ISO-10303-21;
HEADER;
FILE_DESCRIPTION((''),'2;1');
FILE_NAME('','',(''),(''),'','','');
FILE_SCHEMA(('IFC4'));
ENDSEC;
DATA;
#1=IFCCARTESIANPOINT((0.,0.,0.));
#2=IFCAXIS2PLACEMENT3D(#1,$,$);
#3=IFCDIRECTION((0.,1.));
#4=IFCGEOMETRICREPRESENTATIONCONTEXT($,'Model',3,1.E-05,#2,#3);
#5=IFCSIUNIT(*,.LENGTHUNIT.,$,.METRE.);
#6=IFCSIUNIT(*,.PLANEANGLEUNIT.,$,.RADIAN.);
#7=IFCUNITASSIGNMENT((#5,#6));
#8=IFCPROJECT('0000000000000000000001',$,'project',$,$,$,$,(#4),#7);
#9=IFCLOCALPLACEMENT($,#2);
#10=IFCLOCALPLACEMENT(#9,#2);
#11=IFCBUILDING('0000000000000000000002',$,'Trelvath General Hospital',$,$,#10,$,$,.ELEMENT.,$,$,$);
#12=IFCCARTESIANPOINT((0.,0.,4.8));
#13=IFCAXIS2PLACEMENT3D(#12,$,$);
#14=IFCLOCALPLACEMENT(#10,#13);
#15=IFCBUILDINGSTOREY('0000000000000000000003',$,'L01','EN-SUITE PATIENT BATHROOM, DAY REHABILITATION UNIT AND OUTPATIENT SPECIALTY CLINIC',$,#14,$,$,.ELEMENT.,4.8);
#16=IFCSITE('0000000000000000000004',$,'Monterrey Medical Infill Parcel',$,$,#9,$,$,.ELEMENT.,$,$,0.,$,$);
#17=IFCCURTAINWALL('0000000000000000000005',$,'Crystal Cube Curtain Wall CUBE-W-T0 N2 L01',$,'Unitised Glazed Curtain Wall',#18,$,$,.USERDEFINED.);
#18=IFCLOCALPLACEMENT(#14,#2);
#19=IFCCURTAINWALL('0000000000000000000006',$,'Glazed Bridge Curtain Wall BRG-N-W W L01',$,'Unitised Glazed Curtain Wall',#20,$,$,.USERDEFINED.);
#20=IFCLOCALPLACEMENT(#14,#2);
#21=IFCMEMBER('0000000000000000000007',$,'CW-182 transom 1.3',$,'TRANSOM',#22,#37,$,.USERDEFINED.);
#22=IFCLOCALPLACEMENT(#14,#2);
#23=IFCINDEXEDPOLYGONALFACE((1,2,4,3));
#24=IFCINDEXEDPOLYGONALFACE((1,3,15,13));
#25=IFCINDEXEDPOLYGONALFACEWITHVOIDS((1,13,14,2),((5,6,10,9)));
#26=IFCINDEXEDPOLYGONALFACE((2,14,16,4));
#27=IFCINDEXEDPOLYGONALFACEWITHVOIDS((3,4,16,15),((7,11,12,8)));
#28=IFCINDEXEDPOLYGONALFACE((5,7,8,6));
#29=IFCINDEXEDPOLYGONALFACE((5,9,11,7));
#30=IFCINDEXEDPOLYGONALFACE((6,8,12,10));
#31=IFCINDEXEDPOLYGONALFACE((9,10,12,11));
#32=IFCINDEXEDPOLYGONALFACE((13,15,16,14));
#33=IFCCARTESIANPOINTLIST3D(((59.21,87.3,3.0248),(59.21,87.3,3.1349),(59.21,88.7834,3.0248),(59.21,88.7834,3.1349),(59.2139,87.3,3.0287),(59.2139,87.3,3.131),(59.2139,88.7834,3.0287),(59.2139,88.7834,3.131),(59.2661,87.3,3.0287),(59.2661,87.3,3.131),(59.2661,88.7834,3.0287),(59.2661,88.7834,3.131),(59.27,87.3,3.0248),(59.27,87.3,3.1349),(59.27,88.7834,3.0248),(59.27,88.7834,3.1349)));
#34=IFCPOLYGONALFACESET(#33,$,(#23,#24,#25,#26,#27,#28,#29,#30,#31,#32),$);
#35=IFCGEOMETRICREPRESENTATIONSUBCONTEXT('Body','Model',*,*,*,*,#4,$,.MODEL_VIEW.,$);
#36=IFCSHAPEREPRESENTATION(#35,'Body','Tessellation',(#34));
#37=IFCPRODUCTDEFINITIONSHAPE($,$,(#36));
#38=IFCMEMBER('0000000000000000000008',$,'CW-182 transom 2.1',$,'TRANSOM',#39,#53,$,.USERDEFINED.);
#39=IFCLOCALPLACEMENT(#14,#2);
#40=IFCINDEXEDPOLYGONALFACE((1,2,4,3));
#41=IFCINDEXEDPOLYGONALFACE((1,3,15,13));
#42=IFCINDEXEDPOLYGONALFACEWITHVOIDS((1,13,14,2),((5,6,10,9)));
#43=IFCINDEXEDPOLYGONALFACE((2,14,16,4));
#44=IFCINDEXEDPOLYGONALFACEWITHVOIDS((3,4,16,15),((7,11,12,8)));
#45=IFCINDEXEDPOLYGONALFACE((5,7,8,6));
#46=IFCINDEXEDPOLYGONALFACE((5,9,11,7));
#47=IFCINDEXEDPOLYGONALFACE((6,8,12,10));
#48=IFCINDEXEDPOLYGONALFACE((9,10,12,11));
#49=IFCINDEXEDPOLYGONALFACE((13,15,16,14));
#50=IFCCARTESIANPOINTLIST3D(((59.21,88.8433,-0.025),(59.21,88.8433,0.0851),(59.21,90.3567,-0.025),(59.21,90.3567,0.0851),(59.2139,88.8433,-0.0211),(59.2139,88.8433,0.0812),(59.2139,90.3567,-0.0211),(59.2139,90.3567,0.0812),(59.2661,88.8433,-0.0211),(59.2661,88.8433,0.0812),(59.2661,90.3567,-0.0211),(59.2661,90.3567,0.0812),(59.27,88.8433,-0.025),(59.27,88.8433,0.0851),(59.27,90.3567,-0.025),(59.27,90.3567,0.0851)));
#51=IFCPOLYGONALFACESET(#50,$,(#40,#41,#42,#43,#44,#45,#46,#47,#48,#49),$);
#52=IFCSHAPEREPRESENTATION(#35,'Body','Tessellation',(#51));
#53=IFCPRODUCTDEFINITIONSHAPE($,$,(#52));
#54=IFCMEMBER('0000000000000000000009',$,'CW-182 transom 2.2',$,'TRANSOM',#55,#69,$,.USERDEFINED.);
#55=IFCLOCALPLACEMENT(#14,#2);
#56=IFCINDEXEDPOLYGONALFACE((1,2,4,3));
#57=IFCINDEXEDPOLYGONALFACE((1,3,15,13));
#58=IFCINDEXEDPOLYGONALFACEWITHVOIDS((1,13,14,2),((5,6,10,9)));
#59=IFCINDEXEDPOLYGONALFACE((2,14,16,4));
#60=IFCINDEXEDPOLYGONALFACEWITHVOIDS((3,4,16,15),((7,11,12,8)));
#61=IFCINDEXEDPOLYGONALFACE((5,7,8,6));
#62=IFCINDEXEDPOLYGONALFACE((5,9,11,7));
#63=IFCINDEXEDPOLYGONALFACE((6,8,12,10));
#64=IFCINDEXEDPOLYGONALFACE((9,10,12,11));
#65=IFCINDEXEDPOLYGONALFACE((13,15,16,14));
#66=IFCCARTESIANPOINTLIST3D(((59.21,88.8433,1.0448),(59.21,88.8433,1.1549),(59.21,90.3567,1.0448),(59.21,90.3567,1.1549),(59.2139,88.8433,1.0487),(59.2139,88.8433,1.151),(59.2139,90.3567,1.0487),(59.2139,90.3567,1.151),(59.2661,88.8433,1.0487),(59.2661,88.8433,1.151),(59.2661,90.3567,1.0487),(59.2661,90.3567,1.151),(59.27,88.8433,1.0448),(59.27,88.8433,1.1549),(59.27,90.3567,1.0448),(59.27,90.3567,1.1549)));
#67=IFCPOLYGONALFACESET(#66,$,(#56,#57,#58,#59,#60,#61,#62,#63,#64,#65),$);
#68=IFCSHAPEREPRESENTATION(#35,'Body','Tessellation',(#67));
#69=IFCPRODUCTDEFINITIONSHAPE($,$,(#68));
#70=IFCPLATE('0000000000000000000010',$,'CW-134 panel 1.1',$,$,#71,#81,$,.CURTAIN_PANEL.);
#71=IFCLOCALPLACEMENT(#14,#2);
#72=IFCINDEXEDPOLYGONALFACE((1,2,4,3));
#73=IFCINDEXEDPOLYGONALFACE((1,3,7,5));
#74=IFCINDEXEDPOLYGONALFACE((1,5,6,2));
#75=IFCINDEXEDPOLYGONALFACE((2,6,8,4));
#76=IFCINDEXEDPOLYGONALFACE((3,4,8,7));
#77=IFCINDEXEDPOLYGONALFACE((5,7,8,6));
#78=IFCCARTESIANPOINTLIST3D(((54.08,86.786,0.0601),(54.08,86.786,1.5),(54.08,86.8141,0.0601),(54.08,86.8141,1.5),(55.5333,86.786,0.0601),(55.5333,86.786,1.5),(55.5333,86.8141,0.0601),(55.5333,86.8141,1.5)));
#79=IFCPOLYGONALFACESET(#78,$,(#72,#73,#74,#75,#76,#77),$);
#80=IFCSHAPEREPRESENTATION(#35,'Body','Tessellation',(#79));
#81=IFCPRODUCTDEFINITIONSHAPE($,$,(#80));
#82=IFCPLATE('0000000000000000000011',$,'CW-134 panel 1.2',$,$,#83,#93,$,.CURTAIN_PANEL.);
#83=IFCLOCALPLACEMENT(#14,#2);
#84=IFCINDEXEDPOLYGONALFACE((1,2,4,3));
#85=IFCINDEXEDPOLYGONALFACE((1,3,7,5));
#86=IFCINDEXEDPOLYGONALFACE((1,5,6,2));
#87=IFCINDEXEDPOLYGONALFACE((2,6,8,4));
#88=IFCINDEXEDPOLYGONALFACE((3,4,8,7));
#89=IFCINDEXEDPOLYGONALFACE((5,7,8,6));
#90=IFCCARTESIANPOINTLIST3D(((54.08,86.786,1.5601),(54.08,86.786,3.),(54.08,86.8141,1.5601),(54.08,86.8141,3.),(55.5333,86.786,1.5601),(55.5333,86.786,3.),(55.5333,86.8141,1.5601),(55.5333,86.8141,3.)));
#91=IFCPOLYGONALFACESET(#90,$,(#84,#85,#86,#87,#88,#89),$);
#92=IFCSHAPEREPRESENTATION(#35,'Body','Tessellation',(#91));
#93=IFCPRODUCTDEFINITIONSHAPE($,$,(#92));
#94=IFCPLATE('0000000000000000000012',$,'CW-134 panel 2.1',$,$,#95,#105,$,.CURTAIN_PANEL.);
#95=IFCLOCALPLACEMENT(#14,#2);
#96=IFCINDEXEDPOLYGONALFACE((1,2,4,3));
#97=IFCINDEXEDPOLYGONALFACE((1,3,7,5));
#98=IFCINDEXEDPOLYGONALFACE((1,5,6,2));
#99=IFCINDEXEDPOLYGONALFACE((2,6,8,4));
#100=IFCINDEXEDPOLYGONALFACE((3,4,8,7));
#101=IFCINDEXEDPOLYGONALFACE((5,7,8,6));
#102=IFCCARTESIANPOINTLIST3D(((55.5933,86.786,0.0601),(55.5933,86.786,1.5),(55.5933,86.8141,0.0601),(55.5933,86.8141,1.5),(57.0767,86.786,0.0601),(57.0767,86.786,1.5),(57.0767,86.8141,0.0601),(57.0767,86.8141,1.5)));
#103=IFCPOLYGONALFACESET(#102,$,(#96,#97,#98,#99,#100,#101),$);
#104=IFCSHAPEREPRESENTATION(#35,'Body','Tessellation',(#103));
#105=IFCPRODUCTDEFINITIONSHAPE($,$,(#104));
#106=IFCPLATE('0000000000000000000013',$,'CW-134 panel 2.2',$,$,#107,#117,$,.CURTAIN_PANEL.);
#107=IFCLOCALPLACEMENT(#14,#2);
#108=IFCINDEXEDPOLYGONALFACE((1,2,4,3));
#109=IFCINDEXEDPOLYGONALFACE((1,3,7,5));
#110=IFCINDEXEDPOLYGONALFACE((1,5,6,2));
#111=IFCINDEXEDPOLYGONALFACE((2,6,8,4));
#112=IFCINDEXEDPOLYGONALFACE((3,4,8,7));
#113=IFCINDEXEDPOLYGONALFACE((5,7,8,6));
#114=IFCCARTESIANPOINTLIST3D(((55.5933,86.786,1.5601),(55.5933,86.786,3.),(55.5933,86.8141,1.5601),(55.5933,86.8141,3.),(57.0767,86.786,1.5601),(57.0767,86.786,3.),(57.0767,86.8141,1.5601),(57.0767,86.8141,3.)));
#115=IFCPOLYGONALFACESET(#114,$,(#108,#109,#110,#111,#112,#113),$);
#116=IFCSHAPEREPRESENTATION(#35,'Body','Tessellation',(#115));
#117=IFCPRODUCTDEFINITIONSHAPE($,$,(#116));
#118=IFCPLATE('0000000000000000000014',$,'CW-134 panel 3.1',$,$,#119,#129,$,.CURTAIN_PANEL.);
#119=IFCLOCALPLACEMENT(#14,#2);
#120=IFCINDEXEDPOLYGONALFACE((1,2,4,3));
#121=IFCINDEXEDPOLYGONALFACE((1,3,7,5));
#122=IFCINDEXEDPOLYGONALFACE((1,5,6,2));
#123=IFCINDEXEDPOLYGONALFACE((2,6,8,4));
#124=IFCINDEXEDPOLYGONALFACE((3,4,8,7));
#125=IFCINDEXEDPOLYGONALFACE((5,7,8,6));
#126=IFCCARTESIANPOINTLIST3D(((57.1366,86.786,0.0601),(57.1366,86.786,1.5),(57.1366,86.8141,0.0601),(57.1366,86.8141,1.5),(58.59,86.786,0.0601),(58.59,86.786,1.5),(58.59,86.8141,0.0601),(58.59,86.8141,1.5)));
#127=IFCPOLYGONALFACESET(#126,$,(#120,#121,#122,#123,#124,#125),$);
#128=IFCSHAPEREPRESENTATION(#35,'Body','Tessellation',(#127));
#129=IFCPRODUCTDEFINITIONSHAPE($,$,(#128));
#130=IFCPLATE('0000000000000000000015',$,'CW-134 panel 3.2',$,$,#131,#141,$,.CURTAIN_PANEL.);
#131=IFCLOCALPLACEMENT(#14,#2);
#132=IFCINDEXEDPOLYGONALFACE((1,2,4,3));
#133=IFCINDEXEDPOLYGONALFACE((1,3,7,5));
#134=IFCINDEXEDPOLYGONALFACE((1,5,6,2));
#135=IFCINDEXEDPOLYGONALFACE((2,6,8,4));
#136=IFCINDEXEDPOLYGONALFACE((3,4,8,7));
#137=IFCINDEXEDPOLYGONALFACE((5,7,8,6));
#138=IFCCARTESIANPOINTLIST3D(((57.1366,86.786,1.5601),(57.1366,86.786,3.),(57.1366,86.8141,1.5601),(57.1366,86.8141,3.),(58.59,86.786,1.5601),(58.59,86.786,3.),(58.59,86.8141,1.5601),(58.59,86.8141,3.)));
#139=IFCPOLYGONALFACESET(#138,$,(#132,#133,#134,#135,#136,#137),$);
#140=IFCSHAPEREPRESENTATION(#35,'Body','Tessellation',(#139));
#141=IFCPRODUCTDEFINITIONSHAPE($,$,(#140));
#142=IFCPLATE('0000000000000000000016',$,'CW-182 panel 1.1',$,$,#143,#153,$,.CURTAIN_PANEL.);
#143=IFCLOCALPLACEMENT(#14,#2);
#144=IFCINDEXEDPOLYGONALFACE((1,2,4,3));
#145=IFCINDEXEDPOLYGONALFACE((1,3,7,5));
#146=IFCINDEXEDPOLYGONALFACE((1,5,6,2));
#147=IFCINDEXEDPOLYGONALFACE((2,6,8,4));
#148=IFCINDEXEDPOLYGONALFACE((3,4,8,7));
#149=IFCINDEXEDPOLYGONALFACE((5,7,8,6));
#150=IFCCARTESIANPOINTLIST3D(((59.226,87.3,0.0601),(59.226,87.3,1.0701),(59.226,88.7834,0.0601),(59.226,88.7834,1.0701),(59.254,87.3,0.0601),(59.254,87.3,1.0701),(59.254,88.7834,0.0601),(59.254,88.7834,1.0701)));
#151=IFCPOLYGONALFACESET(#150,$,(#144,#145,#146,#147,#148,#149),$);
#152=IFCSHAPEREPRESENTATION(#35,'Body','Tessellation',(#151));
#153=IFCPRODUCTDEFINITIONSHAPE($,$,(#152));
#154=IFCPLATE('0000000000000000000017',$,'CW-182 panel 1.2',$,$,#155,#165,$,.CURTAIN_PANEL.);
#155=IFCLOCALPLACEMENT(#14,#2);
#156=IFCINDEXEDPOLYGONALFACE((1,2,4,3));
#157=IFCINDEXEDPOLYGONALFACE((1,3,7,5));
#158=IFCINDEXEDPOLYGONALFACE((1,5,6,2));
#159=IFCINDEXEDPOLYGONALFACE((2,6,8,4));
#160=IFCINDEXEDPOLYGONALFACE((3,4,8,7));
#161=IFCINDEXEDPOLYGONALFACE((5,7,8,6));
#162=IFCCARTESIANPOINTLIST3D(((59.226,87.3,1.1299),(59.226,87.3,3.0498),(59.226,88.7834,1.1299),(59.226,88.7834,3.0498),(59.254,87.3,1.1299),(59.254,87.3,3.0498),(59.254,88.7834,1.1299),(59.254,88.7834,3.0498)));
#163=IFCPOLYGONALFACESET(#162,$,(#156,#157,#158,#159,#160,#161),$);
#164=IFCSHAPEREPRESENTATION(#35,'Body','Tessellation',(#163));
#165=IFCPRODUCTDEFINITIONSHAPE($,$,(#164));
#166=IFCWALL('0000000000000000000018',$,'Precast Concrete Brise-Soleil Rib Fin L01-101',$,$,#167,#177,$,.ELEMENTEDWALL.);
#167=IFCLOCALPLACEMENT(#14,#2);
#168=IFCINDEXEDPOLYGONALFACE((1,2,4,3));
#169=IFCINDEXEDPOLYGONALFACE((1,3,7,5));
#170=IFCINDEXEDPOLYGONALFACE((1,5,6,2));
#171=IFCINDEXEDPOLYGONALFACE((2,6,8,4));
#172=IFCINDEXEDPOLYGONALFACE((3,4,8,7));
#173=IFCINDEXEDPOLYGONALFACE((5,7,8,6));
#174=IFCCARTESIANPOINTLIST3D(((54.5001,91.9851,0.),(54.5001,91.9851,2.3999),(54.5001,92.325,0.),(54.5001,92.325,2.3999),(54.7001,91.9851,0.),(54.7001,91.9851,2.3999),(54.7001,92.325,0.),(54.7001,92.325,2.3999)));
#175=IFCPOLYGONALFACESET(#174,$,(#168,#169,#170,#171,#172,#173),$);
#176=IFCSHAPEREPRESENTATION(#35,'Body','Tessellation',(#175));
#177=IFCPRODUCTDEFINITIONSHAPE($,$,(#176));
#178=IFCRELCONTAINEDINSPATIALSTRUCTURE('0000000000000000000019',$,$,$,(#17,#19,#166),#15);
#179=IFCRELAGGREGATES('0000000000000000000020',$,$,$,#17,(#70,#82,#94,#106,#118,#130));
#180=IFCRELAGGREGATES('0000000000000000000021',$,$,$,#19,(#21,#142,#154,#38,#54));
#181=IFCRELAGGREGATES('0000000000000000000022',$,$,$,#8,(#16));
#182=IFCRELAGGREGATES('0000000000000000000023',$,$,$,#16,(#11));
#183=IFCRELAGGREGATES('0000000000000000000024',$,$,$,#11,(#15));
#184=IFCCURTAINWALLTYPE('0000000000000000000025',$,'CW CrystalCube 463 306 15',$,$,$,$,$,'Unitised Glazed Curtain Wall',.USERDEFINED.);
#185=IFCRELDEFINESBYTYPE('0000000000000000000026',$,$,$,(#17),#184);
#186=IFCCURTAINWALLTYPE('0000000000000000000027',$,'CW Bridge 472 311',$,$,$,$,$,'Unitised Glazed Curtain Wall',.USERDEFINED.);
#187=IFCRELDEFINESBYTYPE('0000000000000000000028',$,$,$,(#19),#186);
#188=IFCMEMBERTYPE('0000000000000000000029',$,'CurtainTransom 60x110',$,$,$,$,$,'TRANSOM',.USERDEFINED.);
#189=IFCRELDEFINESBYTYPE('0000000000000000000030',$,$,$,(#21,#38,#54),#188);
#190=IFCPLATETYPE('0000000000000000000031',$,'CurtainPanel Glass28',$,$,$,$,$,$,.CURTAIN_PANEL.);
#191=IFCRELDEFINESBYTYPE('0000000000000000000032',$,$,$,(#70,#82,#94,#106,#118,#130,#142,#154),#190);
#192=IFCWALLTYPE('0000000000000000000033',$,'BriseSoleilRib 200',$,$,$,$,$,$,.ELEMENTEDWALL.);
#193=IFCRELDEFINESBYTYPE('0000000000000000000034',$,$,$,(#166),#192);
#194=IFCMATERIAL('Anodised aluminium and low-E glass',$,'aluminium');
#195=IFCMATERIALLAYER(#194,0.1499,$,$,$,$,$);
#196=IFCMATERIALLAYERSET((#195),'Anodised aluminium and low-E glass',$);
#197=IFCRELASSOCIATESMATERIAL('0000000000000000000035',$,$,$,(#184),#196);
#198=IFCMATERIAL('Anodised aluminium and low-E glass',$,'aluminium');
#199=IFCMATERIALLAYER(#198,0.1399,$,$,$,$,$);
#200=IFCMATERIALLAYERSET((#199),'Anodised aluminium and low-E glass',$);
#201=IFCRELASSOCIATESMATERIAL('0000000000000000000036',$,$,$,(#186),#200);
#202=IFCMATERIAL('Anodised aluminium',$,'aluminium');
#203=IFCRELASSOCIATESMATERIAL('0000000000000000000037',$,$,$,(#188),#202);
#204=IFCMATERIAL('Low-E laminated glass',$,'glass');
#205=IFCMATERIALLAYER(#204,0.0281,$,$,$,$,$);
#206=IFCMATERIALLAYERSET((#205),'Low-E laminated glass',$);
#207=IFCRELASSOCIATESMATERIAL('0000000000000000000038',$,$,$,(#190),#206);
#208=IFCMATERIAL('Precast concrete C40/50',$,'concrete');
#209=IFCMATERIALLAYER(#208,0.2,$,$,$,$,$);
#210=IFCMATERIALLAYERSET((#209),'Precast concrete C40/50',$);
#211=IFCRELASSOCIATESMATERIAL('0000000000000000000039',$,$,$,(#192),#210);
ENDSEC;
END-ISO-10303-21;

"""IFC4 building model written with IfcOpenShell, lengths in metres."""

from ifc_helpers import new_model, si_unit, direction, frame, frame_2d, origin, origin_2d, place, context, subcontext, project, spatial, rectangle, hollow_rectangle, extrude, material, layer, layer_set, material_profile, profile_set, type_object, element, aggregate, save


model = new_model("IFC4")

# Units and contexts
model_context = context("Model", 3, precision=1e-05, world=origin(), true_north=direction((0.0, 1.0)))
body_context = subcontext(model_context, "Body", "Model", "MODEL_VIEW")
ifc_project = project(units=[si_unit("LENGTHUNIT", "METRE"), si_unit("PLANEANGLEUNIT", "RADIAN")], contexts=[model_context])

# Site, building, storey
site_placement = place(None, origin())
site = spatial("IfcSite", under=ifc_project, at=site_placement, Name="Monterrey Medical Infill Parcel", CompositionType="ELEMENT", RefElevation=0.0)
building_placement = place(site_placement, origin())
building = spatial("IfcBuilding", under=site, at=building_placement, Name="Trelvath General Hospital", CompositionType="ELEMENT")
storey_placement = place(building_placement, frame((0.0, 0.0, 4.8)))
storey = spatial("IfcBuildingStorey", under=building, at=storey_placement, Name="L01", Description="EN-SUITE PATIENT BATHROOM, DAY REHABILITATION UNIT AND OUTPATIENT SPECIALTY CLINIC", CompositionType="ELEMENT", Elevation=4.8)

# Curtain wall
ifc_material_1 = material(Name="Anodised aluminium and low-E glass", Category="aluminium")
ifc_layer_1 = layer(ifc_material_1, 0.1499)
ifc_layer_set_1 = layer_set([ifc_layer_1], Name="Anodised aluminium and low-E glass")
curtain_wall_type_1 = type_object("IfcCurtainWallType", Name="CW CrystalCube 463 306 15", ElementType="Unitised Glazed Curtain Wall", PredefinedType="USERDEFINED", material=ifc_layer_set_1)
curtain_wall_1_placement = place(storey_placement, origin())
curtain_wall_1 = element("IfcCurtainWall", 1, at=curtain_wall_1_placement, inside=storey, type_object=curtain_wall_type_1, Name="Crystal Cube Curtain Wall CUBE-W-T0 N2 L01", ObjectType="Unitised Glazed Curtain Wall", PredefinedType="USERDEFINED")

# Curtain wall
ifc_material_2 = material(Name="Anodised aluminium and low-E glass", Category="aluminium")
ifc_layer_2 = layer(ifc_material_2, 0.1399)
ifc_layer_set_2 = layer_set([ifc_layer_2], Name="Anodised aluminium and low-E glass")
curtain_wall_type_2 = type_object("IfcCurtainWallType", Name="CW Bridge 472 311", ElementType="Unitised Glazed Curtain Wall", PredefinedType="USERDEFINED", material=ifc_layer_set_2)
curtain_wall_2_placement = place(storey_placement, origin())
curtain_wall_2 = element("IfcCurtainWall", 2, at=curtain_wall_2_placement, inside=storey, type_object=curtain_wall_type_2, Name="Glazed Bridge Curtain Wall BRG-N-W W L01", ObjectType="Unitised Glazed Curtain Wall", PredefinedType="USERDEFINED")

# Members
ifc_material_3 = material(Name="Anodised aluminium", Category="aluminium")
ifc_material_profile_1 = material_profile(ifc_material_3, hollow_rectangle(XDim=0.0601, YDim=0.1101, WallThickness=0.0039, at=origin_2d()), Name="RHS60x110x4")
ifc_profile_set_1 = profile_set([ifc_material_profile_1], Name="Anodised aluminium")
member_type_1 = type_object("IfcMemberType", Name="CurtainTransom 60x110", ElementType="TRANSOM", PredefinedType="USERDEFINED", material=ifc_profile_set_1)
member_1_placement = place(storey_placement, frame((59.24, 87.3, 3.0798), z_axis=(0.0, 1.0, 0.0), x_axis=(-1.0, 0.0, 0.0)))
member_1 = element("IfcMember", 3, at=member_1_placement, type_object=member_type_1, Name="CW-182 transom 1.3", ObjectType="TRANSOM", PredefinedType="USERDEFINED", context=body_context, shape_type="SweptSolid", body=[
    extrude(hollow_rectangle(XDim=0.0601, YDim=0.1101, WallThickness=0.0039, at=origin_2d()), origin(), (0.0, 0.0, 1.0), 1.4834),
])
member_2_placement = place(storey_placement, frame((59.24, 88.8433, 0.03), z_axis=(0.0, 1.0, 0.0), x_axis=(-1.0, 0.0, 0.0)))
member_2 = element("IfcMember", 4, at=member_2_placement, type_object=member_type_1, Name="CW-182 transom 2.1", ObjectType="TRANSOM", PredefinedType="USERDEFINED", context=body_context, shape_type="SweptSolid", body=[
    extrude(hollow_rectangle(XDim=0.0601, YDim=0.1101, WallThickness=0.0039, at=origin_2d()), origin(), (0.0, 0.0, 1.0), 1.5134),
])
member_3_placement = place(storey_placement, frame((59.24, 88.8433, 1.0999), z_axis=(0.0, 1.0, 0.0), x_axis=(-1.0, 0.0, 0.0)))
member_3 = element("IfcMember", 5, at=member_3_placement, type_object=member_type_1, Name="CW-182 transom 2.2", ObjectType="TRANSOM", PredefinedType="USERDEFINED", context=body_context, shape_type="SweptSolid", body=[
    extrude(hollow_rectangle(XDim=0.0601, YDim=0.1101, WallThickness=0.0039, at=origin_2d()), origin(), (0.0, 0.0, 1.0), 1.5134),
])

# Plates
ifc_material_4 = material(Name="Low-E laminated glass", Category="glass")
ifc_layer_3 = layer(ifc_material_4, 0.0281)
ifc_layer_set_3 = layer_set([ifc_layer_3], Name="Low-E laminated glass")
plate_type = type_object("IfcPlateType", Name="CurtainPanel Glass28", PredefinedType="CURTAIN_PANEL", material=ifc_layer_set_3)
plate_1_placement = place(storey_placement, frame((54.8066, 86.8, 0.0601), z_axis=(0.0, 0.0, 1.0), x_axis=(1.0, 0.0, 0.0)))
plate_1 = element("IfcPlate", 6, at=plate_1_placement, type_object=plate_type, Name="CW-134 panel 1.1", PredefinedType="CURTAIN_PANEL", context=body_context, shape_type="SweptSolid", body=[
    extrude(rectangle(XDim=1.4534, YDim=0.0281, at=origin_2d()), origin(), (0.0, 0.0, 1.0), 1.4399),
])
plate_2_placement = place(storey_placement, frame((54.8066, 86.8, 1.5601), z_axis=(0.0, 0.0, 1.0), x_axis=(1.0, 0.0, 0.0)))
plate_2 = element("IfcPlate", 7, at=plate_2_placement, type_object=plate_type, Name="CW-134 panel 1.2", PredefinedType="CURTAIN_PANEL", context=body_context, shape_type="SweptSolid", body=[
    extrude(rectangle(XDim=1.4534, YDim=0.0281, at=origin_2d()), origin(), (0.0, 0.0, 1.0), 1.4399),
])
plate_3_placement = place(storey_placement, frame((56.335, 86.8, 0.0601), z_axis=(0.0, 0.0, 1.0), x_axis=(1.0, 0.0, 0.0)))
plate_3 = element("IfcPlate", 8, at=plate_3_placement, type_object=plate_type, Name="CW-134 panel 2.1", PredefinedType="CURTAIN_PANEL", context=body_context, shape_type="SweptSolid", body=[
    extrude(rectangle(XDim=1.4834, YDim=0.0281, at=origin_2d()), origin(), (0.0, 0.0, 1.0), 1.4399),
])
plate_4_placement = place(storey_placement, frame((56.335, 86.8, 1.5601), z_axis=(0.0, 0.0, 1.0), x_axis=(1.0, 0.0, 0.0)))
plate_4 = element("IfcPlate", 9, at=plate_4_placement, type_object=plate_type, Name="CW-134 panel 2.2", PredefinedType="CURTAIN_PANEL", context=body_context, shape_type="SweptSolid", body=[
    extrude(rectangle(XDim=1.4834, YDim=0.0281, at=origin_2d()), origin(), (0.0, 0.0, 1.0), 1.4399),
])
plate_5_placement = place(storey_placement, frame((57.8633, 86.8, 0.0601), z_axis=(0.0, 0.0, 1.0), x_axis=(1.0, 0.0, 0.0)))
plate_5 = element("IfcPlate", 10, at=plate_5_placement, type_object=plate_type, Name="CW-134 panel 3.1", PredefinedType="CURTAIN_PANEL", context=body_context, shape_type="SweptSolid", body=[
    extrude(rectangle(XDim=1.4534, YDim=0.0281, at=origin_2d()), origin(), (0.0, 0.0, 1.0), 1.4399),
])
plate_6_placement = place(storey_placement, frame((57.8633, 86.8, 1.5601), z_axis=(0.0, 0.0, 1.0), x_axis=(1.0, 0.0, 0.0)))
plate_6 = element("IfcPlate", 11, at=plate_6_placement, type_object=plate_type, Name="CW-134 panel 3.2", PredefinedType="CURTAIN_PANEL", context=body_context, shape_type="SweptSolid", body=[
    extrude(rectangle(XDim=1.4534, YDim=0.0281, at=origin_2d()), origin(), (0.0, 0.0, 1.0), 1.4399),
])
aggregate(curtain_wall_1, [plate_1, plate_2, plate_3, plate_4, plate_5, plate_6])
plate_7_placement = place(storey_placement, frame((59.24, 88.0417, 0.0601), z_axis=(0.0, 0.0, 1.0), x_axis=(0.0, 1.0, 0.0)))
plate_7 = element("IfcPlate", 12, at=plate_7_placement, type_object=plate_type, Name="CW-182 panel 1.1", PredefinedType="CURTAIN_PANEL", context=body_context, shape_type="SweptSolid", body=[
    extrude(rectangle(XDim=1.4834, YDim=0.0281, at=origin_2d()), origin(), (0.0, 0.0, 1.0), 1.01),
])
plate_8_placement = place(storey_placement, frame((59.24, 88.0417, 1.1299), z_axis=(0.0, 0.0, 1.0), x_axis=(0.0, 1.0, 0.0)))
plate_8 = element("IfcPlate", 13, at=plate_8_placement, type_object=plate_type, Name="CW-182 panel 1.2", PredefinedType="CURTAIN_PANEL", context=body_context, shape_type="SweptSolid", body=[
    extrude(rectangle(XDim=1.4834, YDim=0.0281, at=origin_2d()), origin(), (0.0, 0.0, 1.0), 1.9199),
])
aggregate(curtain_wall_2, [member_1, plate_7, plate_8, member_2, member_3])

# Wall
ifc_material_5 = material(Name="Precast concrete C40/50", Category="concrete")
ifc_layer_4 = layer(ifc_material_5, 0.2)
ifc_layer_set_4 = layer_set([ifc_layer_4], Name="Precast concrete C40/50")
wall_type_1 = type_object("IfcWallType", Name="BriseSoleilRib 200", PredefinedType="ELEMENTEDWALL", material=ifc_layer_set_4)
wall_1_placement = place(storey_placement, frame((54.6001, 92.325, 0.0), z_axis=(0.0, 0.0, 1.0), x_axis=(0.0, -1.0, 0.0)))
element("IfcWall", 14, at=wall_1_placement, inside=storey, type_object=wall_type_1, Name="Precast Concrete Brise-Soleil Rib Fin L01-101", PredefinedType="ELEMENTEDWALL", context=body_context, shape_type="SweptSolid", body=[
    extrude(rectangle(XDim=0.3398, YDim=0.2, at=frame_2d((0.1699, 0.0))), origin(), (0.0, 0.0, 1.0), 2.3999),
])

save(model, "model.ifc")
